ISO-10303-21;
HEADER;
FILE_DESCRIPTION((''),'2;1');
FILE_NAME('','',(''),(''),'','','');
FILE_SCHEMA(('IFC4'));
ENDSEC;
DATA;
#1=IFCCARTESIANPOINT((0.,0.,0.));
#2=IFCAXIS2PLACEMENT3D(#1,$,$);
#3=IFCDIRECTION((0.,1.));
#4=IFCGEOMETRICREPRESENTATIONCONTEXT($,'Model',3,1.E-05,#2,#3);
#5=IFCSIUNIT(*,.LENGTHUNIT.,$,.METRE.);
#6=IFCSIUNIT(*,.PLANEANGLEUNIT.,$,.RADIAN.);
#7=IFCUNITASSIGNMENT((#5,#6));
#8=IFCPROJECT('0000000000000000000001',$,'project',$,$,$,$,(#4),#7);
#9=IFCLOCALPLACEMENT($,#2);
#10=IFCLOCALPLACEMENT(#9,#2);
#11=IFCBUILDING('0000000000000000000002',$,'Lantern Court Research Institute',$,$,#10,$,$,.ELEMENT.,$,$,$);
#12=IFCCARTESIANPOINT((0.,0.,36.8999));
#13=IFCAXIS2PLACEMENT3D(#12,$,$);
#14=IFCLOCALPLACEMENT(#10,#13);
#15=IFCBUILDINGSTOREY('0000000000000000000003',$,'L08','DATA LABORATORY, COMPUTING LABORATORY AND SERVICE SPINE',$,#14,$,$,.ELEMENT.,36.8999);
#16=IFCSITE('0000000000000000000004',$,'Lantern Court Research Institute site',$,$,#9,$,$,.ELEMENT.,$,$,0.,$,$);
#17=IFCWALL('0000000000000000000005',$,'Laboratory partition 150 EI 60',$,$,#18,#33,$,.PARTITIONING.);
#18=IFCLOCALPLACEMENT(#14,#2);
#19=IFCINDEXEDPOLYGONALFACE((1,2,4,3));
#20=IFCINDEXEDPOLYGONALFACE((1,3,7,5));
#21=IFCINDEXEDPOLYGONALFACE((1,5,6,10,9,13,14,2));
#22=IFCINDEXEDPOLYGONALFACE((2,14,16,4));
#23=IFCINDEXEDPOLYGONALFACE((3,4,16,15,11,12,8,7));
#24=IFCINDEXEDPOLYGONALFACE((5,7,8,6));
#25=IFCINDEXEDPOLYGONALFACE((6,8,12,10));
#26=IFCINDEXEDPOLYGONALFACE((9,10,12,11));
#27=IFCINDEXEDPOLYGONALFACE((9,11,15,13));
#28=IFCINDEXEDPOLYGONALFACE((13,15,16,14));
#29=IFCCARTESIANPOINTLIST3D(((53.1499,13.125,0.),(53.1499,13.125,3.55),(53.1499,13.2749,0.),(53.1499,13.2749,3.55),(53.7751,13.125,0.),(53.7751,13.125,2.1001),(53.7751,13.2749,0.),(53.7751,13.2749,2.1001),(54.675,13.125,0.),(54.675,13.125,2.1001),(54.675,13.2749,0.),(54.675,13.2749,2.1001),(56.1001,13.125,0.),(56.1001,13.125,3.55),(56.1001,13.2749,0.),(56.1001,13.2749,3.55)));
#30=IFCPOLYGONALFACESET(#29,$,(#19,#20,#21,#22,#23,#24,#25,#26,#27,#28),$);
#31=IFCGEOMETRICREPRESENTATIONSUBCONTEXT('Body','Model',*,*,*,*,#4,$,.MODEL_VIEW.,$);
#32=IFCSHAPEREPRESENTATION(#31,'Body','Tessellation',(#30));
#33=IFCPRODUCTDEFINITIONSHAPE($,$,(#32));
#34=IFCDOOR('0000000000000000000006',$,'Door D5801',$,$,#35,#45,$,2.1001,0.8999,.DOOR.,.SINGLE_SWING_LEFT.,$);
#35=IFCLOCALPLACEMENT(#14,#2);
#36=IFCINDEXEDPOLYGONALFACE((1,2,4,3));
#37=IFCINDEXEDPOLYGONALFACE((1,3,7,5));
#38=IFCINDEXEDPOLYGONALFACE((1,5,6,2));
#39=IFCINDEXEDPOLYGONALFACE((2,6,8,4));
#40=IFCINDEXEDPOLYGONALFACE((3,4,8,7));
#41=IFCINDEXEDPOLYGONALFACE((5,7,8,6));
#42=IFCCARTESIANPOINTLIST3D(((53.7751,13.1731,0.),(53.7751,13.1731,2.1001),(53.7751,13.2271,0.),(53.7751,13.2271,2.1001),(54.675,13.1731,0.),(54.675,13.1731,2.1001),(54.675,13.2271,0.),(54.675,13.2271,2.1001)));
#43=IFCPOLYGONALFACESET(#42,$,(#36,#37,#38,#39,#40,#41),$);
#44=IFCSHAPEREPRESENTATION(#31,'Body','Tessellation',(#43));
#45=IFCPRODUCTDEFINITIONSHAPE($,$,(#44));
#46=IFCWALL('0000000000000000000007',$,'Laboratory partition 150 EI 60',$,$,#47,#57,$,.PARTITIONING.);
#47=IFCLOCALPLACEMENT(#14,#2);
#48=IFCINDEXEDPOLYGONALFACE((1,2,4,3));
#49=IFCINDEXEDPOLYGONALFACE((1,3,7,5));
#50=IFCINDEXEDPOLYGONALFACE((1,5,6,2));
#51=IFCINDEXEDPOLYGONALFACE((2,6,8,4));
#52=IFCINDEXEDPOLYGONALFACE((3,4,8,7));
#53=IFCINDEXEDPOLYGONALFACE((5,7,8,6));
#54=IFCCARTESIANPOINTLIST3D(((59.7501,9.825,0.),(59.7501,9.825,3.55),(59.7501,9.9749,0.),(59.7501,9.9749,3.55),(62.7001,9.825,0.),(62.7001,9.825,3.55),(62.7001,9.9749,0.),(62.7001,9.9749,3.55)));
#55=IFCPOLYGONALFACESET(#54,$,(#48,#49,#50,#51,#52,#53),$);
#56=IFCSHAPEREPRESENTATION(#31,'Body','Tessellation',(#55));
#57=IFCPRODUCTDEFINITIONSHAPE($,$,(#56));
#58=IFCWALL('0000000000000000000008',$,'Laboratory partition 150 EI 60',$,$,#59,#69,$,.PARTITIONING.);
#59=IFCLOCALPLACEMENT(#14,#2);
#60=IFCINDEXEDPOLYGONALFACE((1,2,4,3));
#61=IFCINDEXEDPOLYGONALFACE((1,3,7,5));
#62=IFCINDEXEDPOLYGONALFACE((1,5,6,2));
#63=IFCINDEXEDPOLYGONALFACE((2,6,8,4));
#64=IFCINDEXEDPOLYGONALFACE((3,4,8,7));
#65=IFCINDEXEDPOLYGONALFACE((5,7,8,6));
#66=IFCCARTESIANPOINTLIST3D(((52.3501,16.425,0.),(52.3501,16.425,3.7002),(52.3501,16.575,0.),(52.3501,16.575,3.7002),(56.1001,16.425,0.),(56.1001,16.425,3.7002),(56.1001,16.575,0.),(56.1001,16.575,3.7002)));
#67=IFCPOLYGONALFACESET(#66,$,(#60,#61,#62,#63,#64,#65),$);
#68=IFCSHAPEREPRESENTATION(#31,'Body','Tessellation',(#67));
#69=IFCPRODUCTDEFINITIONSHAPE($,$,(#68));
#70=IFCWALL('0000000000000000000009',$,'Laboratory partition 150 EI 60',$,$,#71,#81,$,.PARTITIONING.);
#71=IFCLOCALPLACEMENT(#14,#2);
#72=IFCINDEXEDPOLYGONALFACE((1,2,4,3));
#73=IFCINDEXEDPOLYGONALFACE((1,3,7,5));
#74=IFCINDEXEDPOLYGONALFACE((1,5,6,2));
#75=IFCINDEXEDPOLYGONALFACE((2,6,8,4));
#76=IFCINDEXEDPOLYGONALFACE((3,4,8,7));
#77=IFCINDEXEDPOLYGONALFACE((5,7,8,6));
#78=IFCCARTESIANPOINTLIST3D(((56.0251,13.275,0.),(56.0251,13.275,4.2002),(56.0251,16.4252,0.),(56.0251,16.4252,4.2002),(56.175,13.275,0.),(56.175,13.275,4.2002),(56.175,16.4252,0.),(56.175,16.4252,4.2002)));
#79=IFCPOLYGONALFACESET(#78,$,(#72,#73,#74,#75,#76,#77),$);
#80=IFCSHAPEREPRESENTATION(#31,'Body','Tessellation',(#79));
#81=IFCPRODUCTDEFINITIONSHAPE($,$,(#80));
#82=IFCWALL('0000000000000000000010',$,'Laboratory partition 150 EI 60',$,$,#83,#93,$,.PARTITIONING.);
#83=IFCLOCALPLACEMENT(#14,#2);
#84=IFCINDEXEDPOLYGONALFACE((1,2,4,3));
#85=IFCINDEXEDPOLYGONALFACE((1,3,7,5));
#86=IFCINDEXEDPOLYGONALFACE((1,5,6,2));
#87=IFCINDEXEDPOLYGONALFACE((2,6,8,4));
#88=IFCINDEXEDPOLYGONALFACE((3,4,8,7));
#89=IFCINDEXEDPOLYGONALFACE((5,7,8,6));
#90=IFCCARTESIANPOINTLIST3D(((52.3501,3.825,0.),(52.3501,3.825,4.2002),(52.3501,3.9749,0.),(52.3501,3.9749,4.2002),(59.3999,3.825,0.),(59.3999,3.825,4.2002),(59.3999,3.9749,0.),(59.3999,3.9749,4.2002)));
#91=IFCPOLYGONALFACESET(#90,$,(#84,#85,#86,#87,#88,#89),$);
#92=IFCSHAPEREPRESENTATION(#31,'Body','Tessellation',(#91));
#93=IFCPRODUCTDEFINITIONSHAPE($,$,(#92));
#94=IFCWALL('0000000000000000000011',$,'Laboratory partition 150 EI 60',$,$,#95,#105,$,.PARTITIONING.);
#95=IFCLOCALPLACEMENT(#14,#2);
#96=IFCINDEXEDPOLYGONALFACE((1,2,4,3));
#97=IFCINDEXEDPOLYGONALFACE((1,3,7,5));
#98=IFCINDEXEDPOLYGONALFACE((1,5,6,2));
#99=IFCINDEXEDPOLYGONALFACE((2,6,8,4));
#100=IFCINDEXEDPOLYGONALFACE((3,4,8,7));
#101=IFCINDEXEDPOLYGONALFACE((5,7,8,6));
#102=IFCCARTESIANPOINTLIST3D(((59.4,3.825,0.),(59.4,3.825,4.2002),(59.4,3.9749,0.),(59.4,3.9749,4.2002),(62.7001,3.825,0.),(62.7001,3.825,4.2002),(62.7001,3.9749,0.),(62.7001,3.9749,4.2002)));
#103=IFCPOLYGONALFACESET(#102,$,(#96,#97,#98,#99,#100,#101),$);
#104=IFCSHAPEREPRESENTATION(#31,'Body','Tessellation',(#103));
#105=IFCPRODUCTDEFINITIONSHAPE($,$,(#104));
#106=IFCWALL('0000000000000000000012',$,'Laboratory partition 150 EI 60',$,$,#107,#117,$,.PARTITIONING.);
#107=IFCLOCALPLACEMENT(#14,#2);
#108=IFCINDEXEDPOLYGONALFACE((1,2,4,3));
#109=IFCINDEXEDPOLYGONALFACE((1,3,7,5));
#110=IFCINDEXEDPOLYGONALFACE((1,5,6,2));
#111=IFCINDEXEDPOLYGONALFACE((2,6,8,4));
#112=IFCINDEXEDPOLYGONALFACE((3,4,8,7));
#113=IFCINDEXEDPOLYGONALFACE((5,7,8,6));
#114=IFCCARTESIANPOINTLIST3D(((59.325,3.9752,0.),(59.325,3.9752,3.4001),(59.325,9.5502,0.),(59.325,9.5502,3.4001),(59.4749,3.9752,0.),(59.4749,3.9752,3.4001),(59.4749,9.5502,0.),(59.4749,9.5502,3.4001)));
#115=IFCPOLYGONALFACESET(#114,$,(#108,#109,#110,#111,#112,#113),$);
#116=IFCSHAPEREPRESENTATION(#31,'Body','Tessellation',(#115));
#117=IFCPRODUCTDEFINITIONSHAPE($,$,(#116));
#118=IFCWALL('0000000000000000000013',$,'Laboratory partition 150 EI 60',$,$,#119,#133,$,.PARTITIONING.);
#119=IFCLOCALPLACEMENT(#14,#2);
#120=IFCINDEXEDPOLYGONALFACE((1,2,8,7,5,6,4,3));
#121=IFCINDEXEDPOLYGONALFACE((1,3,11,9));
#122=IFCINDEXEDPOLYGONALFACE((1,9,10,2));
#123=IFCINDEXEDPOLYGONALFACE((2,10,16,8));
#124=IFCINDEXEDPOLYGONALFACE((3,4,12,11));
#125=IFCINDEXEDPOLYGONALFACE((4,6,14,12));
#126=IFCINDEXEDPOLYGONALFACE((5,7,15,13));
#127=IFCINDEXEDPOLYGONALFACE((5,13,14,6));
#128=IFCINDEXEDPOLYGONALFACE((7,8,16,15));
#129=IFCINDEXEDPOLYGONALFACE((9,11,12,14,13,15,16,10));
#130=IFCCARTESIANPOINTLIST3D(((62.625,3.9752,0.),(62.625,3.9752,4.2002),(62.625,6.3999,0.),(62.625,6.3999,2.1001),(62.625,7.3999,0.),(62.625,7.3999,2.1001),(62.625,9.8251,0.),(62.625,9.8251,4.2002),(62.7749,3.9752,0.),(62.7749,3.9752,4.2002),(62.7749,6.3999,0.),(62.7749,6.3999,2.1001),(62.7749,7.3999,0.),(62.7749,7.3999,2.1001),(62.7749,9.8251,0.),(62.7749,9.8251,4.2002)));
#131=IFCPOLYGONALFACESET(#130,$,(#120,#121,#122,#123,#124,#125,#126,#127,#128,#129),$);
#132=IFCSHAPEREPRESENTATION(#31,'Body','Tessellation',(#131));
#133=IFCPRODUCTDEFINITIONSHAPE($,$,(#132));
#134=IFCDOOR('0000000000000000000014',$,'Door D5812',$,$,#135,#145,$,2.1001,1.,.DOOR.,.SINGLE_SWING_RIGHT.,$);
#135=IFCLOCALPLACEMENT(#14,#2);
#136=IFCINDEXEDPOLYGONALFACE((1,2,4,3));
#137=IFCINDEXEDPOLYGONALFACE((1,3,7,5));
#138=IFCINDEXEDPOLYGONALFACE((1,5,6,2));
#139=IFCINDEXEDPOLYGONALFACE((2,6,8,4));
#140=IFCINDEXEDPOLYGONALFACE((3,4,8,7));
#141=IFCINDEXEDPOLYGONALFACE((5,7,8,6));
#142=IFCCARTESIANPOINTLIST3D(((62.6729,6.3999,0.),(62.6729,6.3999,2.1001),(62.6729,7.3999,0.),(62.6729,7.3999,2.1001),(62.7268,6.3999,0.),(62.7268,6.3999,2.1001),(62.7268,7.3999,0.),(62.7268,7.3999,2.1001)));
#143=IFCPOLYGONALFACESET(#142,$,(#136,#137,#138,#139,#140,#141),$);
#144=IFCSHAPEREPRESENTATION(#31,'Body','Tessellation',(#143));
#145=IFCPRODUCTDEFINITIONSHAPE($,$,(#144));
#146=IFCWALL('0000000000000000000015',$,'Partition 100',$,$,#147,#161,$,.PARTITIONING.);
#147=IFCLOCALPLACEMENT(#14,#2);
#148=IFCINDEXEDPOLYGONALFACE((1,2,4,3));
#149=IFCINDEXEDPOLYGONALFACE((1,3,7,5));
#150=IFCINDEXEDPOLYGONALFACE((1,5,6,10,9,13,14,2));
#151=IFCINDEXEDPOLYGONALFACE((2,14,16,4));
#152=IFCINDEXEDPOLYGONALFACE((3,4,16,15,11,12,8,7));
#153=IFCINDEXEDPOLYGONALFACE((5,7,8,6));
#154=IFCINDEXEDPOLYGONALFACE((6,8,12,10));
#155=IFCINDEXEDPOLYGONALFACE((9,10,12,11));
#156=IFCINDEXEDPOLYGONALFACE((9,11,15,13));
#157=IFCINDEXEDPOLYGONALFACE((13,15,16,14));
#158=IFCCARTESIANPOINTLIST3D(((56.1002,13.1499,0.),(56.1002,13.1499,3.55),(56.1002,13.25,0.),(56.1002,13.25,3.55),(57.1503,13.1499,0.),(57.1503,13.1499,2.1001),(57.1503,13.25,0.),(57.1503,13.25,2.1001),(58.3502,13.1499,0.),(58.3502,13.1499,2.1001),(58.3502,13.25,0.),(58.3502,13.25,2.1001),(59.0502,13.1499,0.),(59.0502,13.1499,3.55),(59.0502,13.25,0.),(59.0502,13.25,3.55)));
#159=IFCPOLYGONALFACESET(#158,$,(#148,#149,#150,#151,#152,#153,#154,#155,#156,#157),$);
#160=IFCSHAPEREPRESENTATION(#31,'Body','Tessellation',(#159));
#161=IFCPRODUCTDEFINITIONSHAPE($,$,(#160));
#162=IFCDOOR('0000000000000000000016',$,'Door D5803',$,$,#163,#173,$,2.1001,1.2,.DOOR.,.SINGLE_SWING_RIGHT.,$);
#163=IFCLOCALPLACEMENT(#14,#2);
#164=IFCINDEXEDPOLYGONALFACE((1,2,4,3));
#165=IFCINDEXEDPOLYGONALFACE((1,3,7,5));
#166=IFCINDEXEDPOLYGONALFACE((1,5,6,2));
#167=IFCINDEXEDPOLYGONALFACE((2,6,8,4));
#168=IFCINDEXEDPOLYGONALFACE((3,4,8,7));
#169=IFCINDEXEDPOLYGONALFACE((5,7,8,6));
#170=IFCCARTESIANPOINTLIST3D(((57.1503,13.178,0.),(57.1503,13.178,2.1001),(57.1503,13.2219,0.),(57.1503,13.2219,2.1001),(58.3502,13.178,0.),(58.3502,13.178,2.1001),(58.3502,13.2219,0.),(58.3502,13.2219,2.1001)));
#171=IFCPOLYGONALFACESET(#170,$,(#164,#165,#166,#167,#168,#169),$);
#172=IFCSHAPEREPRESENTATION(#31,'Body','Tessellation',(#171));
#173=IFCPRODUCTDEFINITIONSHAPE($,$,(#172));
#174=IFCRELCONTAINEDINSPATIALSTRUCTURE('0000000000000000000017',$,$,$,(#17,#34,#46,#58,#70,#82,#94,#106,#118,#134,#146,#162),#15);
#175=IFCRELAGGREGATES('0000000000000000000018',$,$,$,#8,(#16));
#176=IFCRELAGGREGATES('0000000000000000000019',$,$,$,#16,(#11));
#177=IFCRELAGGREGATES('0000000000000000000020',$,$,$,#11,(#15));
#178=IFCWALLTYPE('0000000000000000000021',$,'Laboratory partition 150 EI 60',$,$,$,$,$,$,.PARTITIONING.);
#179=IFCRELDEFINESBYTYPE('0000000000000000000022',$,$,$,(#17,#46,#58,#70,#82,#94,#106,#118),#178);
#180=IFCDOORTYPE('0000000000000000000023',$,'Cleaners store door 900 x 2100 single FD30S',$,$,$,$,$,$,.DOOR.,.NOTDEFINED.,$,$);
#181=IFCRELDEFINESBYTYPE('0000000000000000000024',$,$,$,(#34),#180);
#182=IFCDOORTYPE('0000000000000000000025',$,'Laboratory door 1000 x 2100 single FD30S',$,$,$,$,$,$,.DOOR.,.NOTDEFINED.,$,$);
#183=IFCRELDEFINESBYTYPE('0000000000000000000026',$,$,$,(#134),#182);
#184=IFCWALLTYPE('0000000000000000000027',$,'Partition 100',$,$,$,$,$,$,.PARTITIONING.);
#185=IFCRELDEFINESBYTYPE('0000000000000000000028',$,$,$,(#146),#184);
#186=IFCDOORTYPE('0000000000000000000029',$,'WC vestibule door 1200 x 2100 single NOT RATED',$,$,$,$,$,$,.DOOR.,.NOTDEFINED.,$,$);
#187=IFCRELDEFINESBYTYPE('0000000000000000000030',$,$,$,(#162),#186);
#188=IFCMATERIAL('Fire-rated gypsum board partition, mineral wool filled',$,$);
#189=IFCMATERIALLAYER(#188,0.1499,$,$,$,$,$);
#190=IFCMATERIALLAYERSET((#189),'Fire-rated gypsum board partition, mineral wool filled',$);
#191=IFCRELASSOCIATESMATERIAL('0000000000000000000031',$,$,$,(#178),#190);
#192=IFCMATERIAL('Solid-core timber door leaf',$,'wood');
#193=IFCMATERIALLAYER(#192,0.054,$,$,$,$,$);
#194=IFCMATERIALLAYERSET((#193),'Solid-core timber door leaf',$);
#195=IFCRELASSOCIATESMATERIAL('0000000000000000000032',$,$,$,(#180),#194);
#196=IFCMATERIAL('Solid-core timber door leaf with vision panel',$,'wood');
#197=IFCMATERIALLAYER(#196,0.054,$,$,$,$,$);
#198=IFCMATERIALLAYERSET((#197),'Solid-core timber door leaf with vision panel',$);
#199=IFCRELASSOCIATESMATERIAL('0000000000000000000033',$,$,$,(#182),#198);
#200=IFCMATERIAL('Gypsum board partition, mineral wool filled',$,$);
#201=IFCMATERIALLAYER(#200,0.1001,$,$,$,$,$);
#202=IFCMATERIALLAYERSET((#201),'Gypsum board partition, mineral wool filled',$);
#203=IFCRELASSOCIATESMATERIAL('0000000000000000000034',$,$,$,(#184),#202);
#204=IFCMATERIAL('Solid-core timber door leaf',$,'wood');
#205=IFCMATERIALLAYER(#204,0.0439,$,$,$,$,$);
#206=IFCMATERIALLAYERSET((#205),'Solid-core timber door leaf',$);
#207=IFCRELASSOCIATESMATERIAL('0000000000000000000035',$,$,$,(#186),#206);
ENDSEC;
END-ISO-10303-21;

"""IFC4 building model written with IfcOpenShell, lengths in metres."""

from ifc_helpers import new_model, si_unit, direction, frame, frame_2d, origin, place, context, subcontext, project, spatial, rectangle, extrude, material, layer, layer_set, type_object, element, fill, save


model = new_model("IFC4")

# Units and contexts
model_context = context("Model", 3, precision=1e-05, world=origin(), true_north=direction((0.0, 1.0)))
body_context = subcontext(model_context, "Body", "Model", "MODEL_VIEW")
ifc_project = project(units=[si_unit("LENGTHUNIT", "METRE"), si_unit("PLANEANGLEUNIT", "RADIAN")], contexts=[model_context])

# Site, building, storey
site_placement = place(None, origin())
site = spatial("IfcSite", under=ifc_project, at=site_placement, Name="Lantern Court Research Institute site", CompositionType="ELEMENT", RefElevation=0.0)
building_placement = place(site_placement, origin())
building = spatial("IfcBuilding", under=site, at=building_placement, Name="Lantern Court Research Institute", CompositionType="ELEMENT")
storey_placement = place(building_placement, frame((0.0, 0.0, 36.8999)))
storey = spatial("IfcBuildingStorey", under=building, at=storey_placement, Name="L08", Description="DATA LABORATORY, COMPUTING LABORATORY AND SERVICE SPINE", CompositionType="ELEMENT", Elevation=36.8999)

# Wall, opening, door
ifc_material_1 = material(Name="Fire-rated gypsum board partition, mineral wool filled")
ifc_layer_1 = layer(ifc_material_1, 0.1499)
ifc_layer_set_1 = layer_set([ifc_layer_1], Name="Fire-rated gypsum board partition, mineral wool filled")
wall_type_1 = type_object("IfcWallType", Name="Laboratory partition 150 EI 60", PredefinedType="PARTITIONING", material=ifc_layer_set_1)
wall_1_placement = place(storey_placement, frame((56.1001, 13.2, 0.0), z_axis=(0.0, 0.0, 1.0), x_axis=(-1.0, 0.0, 0.0)))
wall_1 = element("IfcWall", 1, at=wall_1_placement, inside=storey, type_object=wall_type_1, Name="Laboratory partition 150 EI 60", PredefinedType="PARTITIONING", context=body_context, shape_type="SweptSolid", body=[
    extrude(rectangle(XDim=2.9502, YDim=0.1499, at=frame_2d((1.4751, 0.0))), origin(), (0.0, 0.0, 1.0), 3.55),
])
opening_1_placement = place(wall_1_placement, frame((1.425, 0.0, 0.0)))
opening_1 = element("IfcOpeningElement", 2, at=opening_1_placement, cuts=wall_1, PredefinedType="OPENING", context=body_context, shape_type="SweptSolid", body=[
    extrude(rectangle(XDim=0.8999, YDim=2.1001, at=frame_2d((0.45, 1.05))), frame((0.0, 0.085, 0.0), z_axis=(0.0, -1.0, 0.0), x_axis=(1.0, 0.0, 0.0)), (0.0, 0.0, 1.0), 0.1699),
])
ifc_material_2 = material(Name="Solid-core timber door leaf", Category="wood")
ifc_layer_2 = layer(ifc_material_2, 0.054)
ifc_layer_set_2 = layer_set([ifc_layer_2], Name="Solid-core timber door leaf")
door_type_1 = type_object("IfcDoorType", Name="Cleaners store door 900 x 2100 single FD30S", OperationType="NOTDEFINED", PredefinedType="DOOR", material=ifc_layer_set_2)
door_1_placement = place(opening_1_placement, origin())
door_1 = element("IfcDoor", 3, at=door_1_placement, inside=storey, type_object=door_type_1, Name="Door D5801", OperationType="SINGLE_SWING_LEFT", OverallHeight=2.1001, OverallWidth=0.8999, PredefinedType="DOOR", context=body_context, shape_type="SweptSolid", body=[
    extrude(rectangle(XDim=0.8999, YDim=2.1001, at=frame_2d((0.45, 1.05))), frame((0.0, 0.0269, 0.0), z_axis=(0.0, -1.0, 0.0), x_axis=(1.0, 0.0, 0.0)), (0.0, 0.0, 1.0), 0.054),
])
fill(opening_1, door_1)

# Walls
wall_2_placement = place(storey_placement, frame((59.75, 9.8999, 0.0), z_axis=(0.0, 0.0, 1.0), x_axis=(1.0, 0.0, 0.0)))
element("IfcWall", 4, at=wall_2_placement, inside=storey, type_object=wall_type_1, Name="Laboratory partition 150 EI 60", PredefinedType="PARTITIONING", context=body_context, shape_type="SweptSolid", body=[
    extrude(rectangle(XDim=2.95, YDim=0.1499, at=frame_2d((1.4751, 0.0))), origin(), (0.0, 0.0, 1.0), 3.55),
])
wall_3_placement = place(storey_placement, frame((56.1001, 16.5, 0.0), z_axis=(0.0, 0.0, 1.0), x_axis=(-1.0, 0.0, 0.0)))
element("IfcWall", 5, at=wall_3_placement, inside=storey, type_object=wall_type_1, Name="Laboratory partition 150 EI 60", PredefinedType="PARTITIONING", context=body_context, shape_type="SweptSolid", body=[
    extrude(rectangle(XDim=3.75, YDim=0.1499, at=frame_2d((1.875, 0.0))), origin(), (0.0, 0.0, 1.0), 3.7002),
])
wall_4_placement = place(storey_placement, frame((56.1001, 13.2749, 0.0), z_axis=(0.0, 0.0, 1.0), x_axis=(0.0, 1.0, 0.0)))
element("IfcWall", 6, at=wall_4_placement, inside=storey, type_object=wall_type_1, Name="Laboratory partition 150 EI 60", PredefinedType="PARTITIONING", context=body_context, shape_type="SweptSolid", body=[
    extrude(rectangle(XDim=3.1501, YDim=0.1499, at=frame_2d((1.5752, 0.0))), origin(), (0.0, 0.0, 1.0), 4.2002),
])
wall_5_placement = place(storey_placement, frame((59.3999, 3.8999, 0.0), z_axis=(0.0, 0.0, 1.0), x_axis=(-1.0, 0.0, 0.0)))
element("IfcWall", 7, at=wall_5_placement, inside=storey, type_object=wall_type_1, Name="Laboratory partition 150 EI 60", PredefinedType="PARTITIONING", context=body_context, shape_type="SweptSolid", body=[
    extrude(rectangle(XDim=7.0498, YDim=0.1499, at=frame_2d((3.5249, 0.0))), origin(), (0.0, 0.0, 1.0), 4.2002),
])
wall_6_placement = place(storey_placement, frame((62.7, 3.8999, 0.0), z_axis=(0.0, 0.0, 1.0), x_axis=(-1.0, 0.0, 0.0)))
element("IfcWall", 8, at=wall_6_placement, inside=storey, type_object=wall_type_1, Name="Laboratory partition 150 EI 60", PredefinedType="PARTITIONING", context=body_context, shape_type="SweptSolid", body=[
    extrude(rectangle(XDim=3.3, YDim=0.1499, at=frame_2d((1.6499, 0.0))), origin(), (0.0, 0.0, 1.0), 4.2002),
])
wall_7_placement = place(storey_placement, frame((59.3999, 3.9751, 0.0), z_axis=(0.0, 0.0, 1.0), x_axis=(0.0, 1.0, 0.0)))
element("IfcWall", 9, at=wall_7_placement, inside=storey, type_object=wall_type_1, Name="Laboratory partition 150 EI 60", PredefinedType="PARTITIONING", context=body_context, shape_type="SweptSolid", body=[
    extrude(rectangle(XDim=5.575, YDim=0.1499, at=frame_2d((2.7876, 0.0))), origin(), (0.0, 0.0, 1.0), 3.4001),
])

# Walls, openings, doors
wall_8_placement = place(storey_placement, frame((62.7, 9.825, 0.0), z_axis=(0.0, 0.0, 1.0), x_axis=(0.0, -1.0, 0.0)))
wall_8 = element("IfcWall", 10, at=wall_8_placement, inside=storey, type_object=wall_type_1, Name="Laboratory partition 150 EI 60", PredefinedType="PARTITIONING", context=body_context, shape_type="SweptSolid", body=[
    extrude(rectangle(XDim=5.8499, YDim=0.1499, at=frame_2d((2.9248, 0.0))), origin(), (0.0, 0.0, 1.0), 4.2002),
])
opening_2_placement = place(wall_8_placement, frame((2.425, 0.0, 0.0)))
opening_2 = element("IfcOpeningElement", 11, at=opening_2_placement, cuts=wall_8, PredefinedType="OPENING", context=body_context, shape_type="SweptSolid", body=[
    extrude(rectangle(XDim=1.0, YDim=2.1001, at=frame_2d((0.5, 1.05))), frame((0.0, 0.085, 0.0), z_axis=(0.0, -1.0, 0.0), x_axis=(1.0, 0.0, 0.0)), (0.0, 0.0, 1.0), 0.1699),
])
ifc_material_3 = material(Name="Solid-core timber door leaf with vision panel", Category="wood")
ifc_layer_3 = layer(ifc_material_3, 0.054)
ifc_layer_set_3 = layer_set([ifc_layer_3], Name="Solid-core timber door leaf with vision panel")
door_type_2 = type_object("IfcDoorType", Name="Laboratory door 1000 x 2100 single FD30S", OperationType="NOTDEFINED", PredefinedType="DOOR", material=ifc_layer_set_3)
door_2_placement = place(opening_2_placement, origin())
door_2 = element("IfcDoor", 12, at=door_2_placement, inside=storey, type_object=door_type_2, Name="Door D5812", OperationType="SINGLE_SWING_RIGHT", OverallHeight=2.1001, OverallWidth=1.0, PredefinedType="DOOR", context=body_context, shape_type="SweptSolid", body=[
    extrude(rectangle(XDim=1.0, YDim=2.1001, at=frame_2d((0.5, 1.05))), frame((0.0, 0.0269, 0.0), z_axis=(0.0, -1.0, 0.0), x_axis=(1.0, 0.0, 0.0)), (0.0, 0.0, 1.0), 0.054),
])
fill(opening_2, door_2)
ifc_material_4 = material(Name="Gypsum board partition, mineral wool filled")
ifc_layer_4 = layer(ifc_material_4, 0.1001)
ifc_layer_set_4 = layer_set([ifc_layer_4], Name="Gypsum board partition, mineral wool filled")
wall_type_2 = type_object("IfcWallType", Name="Partition 100", PredefinedType="PARTITIONING", material=ifc_layer_set_4)
wall_9_placement = place(storey_placement, frame((56.1001, 13.2, 0.0), z_axis=(0.0, 0.0, 1.0), x_axis=(1.0, 0.0, 0.0)))
wall_9 = element("IfcWall", 13, at=wall_9_placement, inside=storey, type_object=wall_type_2, Name="Partition 100", PredefinedType="PARTITIONING", context=body_context, shape_type="SweptSolid", body=[
    extrude(rectangle(XDim=2.95, YDim=0.1001, at=frame_2d((1.4751, 0.0))), origin(), (0.0, 0.0, 1.0), 3.55),
])
opening_3_placement = place(wall_9_placement, frame((1.05, 0.0, 0.0)))
opening_3 = element("IfcOpeningElement", 14, at=opening_3_placement, cuts=wall_9, PredefinedType="OPENING", context=body_context, shape_type="SweptSolid", body=[
    extrude(rectangle(XDim=1.2, YDim=2.1001, at=frame_2d((0.6001, 1.05))), frame((0.0, 0.0601, 0.0), z_axis=(0.0, -1.0, 0.0), x_axis=(1.0, 0.0, 0.0)), (0.0, 0.0, 1.0), 0.1201),
])
ifc_material_5 = material(Name="Solid-core timber door leaf", Category="wood")
ifc_layer_5 = layer(ifc_material_5, 0.0439)
ifc_layer_set_5 = layer_set([ifc_layer_5], Name="Solid-core timber door leaf")
door_type_3 = type_object("IfcDoorType", Name="WC vestibule door 1200 x 2100 single NOT RATED", OperationType="NOTDEFINED", PredefinedType="DOOR", material=ifc_layer_set_5)
door_3_placement = place(opening_3_placement, origin())
door_3 = element("IfcDoor", 15, at=door_3_placement, inside=storey, type_object=door_type_3, Name="Door D5803", OperationType="SINGLE_SWING_RIGHT", OverallHeight=2.1001, OverallWidth=1.2, PredefinedType="DOOR", context=body_context, shape_type="SweptSolid", body=[
    extrude(rectangle(XDim=1.2, YDim=2.1001, at=frame_2d((0.6001, 1.05))), frame((0.0, 0.022, 0.0), z_axis=(0.0, -1.0, 0.0), x_axis=(1.0, 0.0, 0.0)), (0.0, 0.0, 1.0), 0.0439),
])
fill(opening_3, door_3)

save(model, "model.ifc")
